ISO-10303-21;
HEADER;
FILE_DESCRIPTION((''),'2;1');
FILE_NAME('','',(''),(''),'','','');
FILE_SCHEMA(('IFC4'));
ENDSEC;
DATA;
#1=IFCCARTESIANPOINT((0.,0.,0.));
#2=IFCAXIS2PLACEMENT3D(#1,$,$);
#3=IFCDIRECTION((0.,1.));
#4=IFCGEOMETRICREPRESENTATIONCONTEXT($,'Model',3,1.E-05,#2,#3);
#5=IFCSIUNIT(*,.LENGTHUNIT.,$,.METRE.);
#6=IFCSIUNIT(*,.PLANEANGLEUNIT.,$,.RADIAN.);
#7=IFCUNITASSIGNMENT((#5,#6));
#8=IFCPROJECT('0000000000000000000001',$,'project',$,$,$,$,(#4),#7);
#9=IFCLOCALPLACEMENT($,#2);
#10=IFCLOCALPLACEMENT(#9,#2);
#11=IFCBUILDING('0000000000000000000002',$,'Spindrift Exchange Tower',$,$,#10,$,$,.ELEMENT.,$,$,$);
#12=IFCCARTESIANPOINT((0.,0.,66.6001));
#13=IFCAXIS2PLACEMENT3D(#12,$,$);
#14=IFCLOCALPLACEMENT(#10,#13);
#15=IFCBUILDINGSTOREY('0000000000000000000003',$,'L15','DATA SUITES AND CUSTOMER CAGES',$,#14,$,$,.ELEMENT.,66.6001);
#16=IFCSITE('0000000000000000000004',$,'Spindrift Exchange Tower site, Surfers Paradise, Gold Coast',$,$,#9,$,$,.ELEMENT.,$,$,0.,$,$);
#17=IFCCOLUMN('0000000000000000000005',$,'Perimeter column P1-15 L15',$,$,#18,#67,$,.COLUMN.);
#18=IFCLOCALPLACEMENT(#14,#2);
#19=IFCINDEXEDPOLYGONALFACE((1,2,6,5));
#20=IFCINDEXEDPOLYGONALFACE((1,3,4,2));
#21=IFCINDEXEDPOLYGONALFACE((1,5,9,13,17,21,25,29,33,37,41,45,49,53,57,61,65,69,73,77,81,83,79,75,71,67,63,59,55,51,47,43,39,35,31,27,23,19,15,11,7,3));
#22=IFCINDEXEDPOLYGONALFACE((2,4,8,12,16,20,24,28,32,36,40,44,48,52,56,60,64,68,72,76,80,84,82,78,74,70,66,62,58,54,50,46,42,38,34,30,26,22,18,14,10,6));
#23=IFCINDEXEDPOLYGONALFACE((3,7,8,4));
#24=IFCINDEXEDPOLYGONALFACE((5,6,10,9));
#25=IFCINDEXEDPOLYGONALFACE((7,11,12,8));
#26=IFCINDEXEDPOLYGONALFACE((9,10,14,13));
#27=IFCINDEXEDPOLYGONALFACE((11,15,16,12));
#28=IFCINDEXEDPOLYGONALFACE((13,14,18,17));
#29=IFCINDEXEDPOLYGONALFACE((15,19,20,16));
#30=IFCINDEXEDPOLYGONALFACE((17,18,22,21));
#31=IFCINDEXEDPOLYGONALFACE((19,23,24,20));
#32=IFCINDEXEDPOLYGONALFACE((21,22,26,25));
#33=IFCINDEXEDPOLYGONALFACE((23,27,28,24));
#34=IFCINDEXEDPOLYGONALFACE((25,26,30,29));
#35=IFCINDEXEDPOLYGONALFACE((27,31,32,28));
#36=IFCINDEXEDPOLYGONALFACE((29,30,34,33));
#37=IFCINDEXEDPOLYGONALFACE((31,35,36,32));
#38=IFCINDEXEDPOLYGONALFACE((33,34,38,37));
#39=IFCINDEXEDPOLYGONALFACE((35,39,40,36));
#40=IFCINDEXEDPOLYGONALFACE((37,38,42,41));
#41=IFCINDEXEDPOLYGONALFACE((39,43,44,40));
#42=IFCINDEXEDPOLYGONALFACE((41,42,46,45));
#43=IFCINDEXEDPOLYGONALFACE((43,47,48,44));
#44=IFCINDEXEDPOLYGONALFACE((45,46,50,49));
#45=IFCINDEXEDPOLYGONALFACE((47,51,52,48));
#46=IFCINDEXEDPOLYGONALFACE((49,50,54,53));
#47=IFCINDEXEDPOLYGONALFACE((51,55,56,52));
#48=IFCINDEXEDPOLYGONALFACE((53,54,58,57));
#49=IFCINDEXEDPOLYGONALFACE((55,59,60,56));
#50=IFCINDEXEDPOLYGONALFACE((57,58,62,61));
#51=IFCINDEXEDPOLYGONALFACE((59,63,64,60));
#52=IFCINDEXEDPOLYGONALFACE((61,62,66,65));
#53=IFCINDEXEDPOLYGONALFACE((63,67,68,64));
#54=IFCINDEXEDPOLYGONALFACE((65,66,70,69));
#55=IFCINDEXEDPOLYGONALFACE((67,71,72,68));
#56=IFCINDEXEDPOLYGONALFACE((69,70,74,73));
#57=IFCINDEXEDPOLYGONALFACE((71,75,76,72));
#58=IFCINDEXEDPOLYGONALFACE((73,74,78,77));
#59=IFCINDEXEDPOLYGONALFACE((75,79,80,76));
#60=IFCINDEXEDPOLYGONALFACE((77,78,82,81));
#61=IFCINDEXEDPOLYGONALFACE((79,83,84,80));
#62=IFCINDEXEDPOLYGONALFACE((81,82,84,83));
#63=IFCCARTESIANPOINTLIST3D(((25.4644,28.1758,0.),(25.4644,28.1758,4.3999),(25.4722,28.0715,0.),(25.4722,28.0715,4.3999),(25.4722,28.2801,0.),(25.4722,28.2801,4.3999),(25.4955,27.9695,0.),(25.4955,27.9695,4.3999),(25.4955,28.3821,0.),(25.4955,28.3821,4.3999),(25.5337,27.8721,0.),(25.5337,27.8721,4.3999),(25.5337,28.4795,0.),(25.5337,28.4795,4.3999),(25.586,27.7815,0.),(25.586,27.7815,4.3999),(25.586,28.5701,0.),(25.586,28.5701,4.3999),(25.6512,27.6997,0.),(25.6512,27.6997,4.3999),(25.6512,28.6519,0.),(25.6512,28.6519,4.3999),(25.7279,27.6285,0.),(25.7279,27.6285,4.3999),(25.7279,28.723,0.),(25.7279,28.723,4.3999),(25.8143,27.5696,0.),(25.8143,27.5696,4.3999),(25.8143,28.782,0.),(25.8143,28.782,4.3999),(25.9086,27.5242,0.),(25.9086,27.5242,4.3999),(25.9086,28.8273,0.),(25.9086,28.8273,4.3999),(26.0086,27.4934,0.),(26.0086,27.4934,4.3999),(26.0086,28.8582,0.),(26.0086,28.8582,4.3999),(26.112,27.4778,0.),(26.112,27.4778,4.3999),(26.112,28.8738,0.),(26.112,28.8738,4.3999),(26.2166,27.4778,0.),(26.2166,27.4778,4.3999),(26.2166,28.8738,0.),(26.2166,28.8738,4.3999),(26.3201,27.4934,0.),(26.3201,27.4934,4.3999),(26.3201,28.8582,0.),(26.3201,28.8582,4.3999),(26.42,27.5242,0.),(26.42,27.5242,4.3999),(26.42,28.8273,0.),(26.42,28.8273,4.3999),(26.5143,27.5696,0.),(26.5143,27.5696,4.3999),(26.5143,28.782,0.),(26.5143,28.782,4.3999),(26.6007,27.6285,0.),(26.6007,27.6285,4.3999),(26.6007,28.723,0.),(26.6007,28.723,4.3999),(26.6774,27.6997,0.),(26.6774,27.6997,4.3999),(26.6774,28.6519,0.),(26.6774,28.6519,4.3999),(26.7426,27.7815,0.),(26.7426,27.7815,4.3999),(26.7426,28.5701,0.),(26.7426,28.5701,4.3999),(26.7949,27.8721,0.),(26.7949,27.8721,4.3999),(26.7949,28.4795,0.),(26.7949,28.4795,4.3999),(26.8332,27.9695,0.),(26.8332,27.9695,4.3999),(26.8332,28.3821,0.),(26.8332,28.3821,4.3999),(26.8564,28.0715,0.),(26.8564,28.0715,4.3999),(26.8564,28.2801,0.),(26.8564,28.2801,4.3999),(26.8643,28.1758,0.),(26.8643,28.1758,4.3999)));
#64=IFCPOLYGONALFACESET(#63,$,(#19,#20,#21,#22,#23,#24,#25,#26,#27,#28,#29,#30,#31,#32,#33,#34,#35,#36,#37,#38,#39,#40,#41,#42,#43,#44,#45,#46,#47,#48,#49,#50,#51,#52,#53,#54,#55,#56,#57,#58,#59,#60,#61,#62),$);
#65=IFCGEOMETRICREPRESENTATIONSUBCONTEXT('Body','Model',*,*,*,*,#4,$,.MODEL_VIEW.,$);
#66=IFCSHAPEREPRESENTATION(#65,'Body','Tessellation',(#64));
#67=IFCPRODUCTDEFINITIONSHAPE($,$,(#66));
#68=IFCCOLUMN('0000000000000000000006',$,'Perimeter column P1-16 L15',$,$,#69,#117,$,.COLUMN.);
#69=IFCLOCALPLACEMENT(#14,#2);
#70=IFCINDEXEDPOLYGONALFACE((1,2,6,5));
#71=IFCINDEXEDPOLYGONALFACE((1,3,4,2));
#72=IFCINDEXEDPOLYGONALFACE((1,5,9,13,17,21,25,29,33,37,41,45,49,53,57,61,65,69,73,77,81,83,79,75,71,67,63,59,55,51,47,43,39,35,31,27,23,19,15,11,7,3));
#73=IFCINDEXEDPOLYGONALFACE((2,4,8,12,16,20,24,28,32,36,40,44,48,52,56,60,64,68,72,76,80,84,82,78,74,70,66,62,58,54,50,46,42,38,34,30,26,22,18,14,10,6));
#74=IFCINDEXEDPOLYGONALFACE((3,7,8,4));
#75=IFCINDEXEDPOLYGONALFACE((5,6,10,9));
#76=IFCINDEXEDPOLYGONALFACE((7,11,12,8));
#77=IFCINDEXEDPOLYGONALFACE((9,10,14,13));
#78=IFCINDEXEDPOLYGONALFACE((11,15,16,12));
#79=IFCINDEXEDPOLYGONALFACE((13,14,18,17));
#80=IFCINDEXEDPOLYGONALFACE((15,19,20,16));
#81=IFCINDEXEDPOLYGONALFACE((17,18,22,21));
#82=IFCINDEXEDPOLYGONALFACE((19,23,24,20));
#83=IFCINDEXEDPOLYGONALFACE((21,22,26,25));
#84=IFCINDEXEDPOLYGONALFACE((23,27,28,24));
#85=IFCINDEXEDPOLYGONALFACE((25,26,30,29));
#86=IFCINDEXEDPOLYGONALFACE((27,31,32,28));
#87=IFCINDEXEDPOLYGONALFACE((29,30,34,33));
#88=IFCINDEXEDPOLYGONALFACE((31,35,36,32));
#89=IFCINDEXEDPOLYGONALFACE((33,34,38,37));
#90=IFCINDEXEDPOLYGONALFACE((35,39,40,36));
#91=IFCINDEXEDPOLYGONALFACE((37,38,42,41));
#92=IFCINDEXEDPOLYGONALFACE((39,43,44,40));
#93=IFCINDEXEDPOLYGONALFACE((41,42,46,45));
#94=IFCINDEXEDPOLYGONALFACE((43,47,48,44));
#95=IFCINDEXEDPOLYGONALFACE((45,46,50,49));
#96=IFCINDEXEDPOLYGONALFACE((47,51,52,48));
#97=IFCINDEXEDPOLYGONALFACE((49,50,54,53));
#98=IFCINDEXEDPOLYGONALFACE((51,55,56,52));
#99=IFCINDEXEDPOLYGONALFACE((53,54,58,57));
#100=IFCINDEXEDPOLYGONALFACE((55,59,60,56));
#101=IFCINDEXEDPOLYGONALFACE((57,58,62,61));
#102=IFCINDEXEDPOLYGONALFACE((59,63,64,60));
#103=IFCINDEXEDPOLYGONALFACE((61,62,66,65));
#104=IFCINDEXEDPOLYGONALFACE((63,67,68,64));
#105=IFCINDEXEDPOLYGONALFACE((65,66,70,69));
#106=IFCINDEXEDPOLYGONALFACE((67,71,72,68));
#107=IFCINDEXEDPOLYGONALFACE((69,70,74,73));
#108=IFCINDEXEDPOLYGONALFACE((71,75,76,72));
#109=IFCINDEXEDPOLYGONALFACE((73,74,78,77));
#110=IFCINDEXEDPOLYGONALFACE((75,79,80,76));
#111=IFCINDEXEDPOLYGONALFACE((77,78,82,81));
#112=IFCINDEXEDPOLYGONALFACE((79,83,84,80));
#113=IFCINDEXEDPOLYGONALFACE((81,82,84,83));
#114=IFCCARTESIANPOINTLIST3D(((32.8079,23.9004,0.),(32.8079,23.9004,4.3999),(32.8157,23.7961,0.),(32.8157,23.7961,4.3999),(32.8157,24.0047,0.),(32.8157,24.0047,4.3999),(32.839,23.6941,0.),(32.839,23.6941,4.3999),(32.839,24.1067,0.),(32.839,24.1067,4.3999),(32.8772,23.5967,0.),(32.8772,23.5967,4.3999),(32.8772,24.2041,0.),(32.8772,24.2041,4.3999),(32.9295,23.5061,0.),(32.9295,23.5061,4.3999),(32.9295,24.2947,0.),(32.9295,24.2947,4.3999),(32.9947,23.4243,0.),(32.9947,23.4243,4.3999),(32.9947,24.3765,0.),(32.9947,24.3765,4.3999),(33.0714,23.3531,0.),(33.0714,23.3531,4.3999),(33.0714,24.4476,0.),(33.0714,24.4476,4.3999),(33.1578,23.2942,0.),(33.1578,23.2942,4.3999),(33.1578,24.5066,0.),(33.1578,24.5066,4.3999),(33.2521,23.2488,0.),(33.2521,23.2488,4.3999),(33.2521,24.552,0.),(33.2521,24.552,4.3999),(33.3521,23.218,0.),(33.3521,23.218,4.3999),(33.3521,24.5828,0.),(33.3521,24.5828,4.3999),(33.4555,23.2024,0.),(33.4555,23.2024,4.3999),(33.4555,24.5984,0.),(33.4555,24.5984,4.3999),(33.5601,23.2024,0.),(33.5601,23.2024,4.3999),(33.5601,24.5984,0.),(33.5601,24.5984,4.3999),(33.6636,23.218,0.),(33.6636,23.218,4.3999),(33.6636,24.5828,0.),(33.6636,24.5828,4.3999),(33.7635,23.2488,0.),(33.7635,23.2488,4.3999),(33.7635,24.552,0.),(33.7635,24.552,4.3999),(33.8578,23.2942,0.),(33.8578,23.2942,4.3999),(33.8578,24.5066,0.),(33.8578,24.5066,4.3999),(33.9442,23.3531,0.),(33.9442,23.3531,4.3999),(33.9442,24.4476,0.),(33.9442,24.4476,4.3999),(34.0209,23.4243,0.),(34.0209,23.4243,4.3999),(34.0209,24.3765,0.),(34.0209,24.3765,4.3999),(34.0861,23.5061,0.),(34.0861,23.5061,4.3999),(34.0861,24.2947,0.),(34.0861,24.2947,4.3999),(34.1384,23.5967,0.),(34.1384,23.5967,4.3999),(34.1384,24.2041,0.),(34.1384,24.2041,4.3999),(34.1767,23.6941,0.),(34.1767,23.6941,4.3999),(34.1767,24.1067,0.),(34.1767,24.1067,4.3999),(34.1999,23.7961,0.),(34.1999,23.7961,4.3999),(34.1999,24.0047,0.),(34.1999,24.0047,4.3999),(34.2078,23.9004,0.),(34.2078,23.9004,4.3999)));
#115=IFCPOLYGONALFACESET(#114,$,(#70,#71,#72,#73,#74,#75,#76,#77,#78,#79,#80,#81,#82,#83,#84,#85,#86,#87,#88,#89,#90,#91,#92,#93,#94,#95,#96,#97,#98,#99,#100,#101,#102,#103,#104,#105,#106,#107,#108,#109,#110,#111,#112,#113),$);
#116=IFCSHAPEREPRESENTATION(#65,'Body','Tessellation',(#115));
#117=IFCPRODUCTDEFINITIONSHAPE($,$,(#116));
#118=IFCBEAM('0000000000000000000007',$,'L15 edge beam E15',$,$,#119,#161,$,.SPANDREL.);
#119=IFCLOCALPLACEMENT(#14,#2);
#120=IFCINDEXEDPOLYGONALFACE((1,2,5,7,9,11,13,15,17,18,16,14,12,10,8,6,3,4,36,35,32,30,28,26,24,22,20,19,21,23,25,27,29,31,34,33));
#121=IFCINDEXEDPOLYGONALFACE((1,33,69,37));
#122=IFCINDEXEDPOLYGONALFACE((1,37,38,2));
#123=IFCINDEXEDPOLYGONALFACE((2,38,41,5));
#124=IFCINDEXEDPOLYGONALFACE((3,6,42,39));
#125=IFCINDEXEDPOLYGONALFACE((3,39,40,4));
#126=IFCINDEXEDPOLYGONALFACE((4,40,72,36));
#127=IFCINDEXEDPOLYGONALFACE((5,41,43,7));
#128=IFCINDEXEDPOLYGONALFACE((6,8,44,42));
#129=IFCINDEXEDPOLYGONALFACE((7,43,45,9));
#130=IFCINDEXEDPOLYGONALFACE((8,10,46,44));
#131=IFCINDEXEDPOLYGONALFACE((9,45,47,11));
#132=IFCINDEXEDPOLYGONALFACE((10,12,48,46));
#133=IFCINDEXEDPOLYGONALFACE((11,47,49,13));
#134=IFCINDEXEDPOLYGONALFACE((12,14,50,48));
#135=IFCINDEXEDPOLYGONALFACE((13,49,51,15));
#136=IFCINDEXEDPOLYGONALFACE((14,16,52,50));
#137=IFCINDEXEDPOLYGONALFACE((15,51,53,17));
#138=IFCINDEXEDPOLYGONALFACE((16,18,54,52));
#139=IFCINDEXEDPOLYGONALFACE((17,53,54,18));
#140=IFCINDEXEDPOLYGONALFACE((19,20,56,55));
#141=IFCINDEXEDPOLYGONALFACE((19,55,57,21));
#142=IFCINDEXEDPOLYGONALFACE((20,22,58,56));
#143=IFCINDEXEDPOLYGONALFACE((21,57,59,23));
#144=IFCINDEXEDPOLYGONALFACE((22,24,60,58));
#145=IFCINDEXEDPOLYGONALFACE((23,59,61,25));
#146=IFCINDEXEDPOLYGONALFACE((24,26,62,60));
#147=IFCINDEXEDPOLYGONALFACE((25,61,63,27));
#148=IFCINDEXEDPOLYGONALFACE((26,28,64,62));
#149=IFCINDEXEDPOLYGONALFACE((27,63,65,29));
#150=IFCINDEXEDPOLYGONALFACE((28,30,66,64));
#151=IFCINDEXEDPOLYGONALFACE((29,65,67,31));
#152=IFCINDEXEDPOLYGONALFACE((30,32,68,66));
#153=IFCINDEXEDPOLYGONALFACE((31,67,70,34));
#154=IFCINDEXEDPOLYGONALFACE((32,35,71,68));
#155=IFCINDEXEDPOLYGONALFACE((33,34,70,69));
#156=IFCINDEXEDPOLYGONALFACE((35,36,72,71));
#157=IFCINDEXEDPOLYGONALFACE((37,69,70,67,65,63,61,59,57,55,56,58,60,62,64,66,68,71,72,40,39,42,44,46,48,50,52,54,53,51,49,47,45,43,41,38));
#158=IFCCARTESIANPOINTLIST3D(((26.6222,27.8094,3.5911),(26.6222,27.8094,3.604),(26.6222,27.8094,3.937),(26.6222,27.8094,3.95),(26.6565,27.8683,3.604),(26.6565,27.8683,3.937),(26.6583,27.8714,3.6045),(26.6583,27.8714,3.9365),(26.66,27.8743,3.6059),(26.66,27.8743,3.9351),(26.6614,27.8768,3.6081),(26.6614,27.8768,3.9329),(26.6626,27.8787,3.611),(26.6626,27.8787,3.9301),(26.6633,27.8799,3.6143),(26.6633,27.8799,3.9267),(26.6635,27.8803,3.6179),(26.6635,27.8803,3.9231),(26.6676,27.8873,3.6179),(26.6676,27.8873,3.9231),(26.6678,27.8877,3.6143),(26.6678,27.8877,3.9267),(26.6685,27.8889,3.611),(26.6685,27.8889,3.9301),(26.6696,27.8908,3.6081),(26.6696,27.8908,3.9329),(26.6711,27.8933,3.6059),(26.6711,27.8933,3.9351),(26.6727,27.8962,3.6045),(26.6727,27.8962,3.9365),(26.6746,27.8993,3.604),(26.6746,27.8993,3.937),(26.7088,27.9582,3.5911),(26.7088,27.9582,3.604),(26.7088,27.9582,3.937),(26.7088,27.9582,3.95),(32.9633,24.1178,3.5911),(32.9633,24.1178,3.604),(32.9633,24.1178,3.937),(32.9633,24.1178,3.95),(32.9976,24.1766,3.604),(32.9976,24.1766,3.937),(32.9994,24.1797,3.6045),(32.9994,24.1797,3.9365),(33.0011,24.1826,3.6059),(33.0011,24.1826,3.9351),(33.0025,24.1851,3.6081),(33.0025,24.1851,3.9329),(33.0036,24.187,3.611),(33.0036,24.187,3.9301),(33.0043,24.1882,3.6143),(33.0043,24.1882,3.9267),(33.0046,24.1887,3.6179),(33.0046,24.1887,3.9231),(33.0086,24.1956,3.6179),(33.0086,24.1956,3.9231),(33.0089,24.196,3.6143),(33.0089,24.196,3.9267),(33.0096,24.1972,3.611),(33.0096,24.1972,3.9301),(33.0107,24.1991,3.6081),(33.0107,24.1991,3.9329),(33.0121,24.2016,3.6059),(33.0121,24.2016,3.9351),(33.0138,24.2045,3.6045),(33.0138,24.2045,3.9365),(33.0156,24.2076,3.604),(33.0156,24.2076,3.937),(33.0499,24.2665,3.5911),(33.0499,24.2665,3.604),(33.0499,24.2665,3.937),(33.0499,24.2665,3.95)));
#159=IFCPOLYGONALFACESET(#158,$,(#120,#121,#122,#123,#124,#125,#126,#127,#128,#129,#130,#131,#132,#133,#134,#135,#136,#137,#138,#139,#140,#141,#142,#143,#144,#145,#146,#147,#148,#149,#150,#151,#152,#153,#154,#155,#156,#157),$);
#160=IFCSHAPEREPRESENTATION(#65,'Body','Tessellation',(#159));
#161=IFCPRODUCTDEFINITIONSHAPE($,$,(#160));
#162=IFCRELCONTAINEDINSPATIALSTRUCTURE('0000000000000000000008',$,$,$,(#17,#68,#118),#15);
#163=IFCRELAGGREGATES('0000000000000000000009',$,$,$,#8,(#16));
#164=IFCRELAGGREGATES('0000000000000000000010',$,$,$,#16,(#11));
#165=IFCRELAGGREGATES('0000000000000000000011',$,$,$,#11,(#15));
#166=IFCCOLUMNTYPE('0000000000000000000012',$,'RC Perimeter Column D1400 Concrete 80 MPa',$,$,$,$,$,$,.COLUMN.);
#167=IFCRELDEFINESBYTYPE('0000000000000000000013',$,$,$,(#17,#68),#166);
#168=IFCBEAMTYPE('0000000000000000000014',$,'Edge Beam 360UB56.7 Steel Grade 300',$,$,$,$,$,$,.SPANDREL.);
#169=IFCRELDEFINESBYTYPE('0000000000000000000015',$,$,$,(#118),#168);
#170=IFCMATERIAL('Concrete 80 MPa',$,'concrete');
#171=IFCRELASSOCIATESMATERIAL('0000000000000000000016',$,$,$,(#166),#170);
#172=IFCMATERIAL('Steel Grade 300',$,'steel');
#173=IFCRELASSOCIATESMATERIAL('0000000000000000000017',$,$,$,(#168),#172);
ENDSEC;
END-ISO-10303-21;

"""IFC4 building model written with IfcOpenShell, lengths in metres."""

from ifc_helpers import new_model, si_unit, direction, frame, origin, origin_2d, place, context, subcontext, project, spatial, circle, i_section, extrude, source, transform, mapped, material, material_profile, profile_set, type_object, element, save


model = new_model("IFC4")

# Units and contexts
model_context = context("Model", 3, precision=1e-05, world=origin(), true_north=direction((0.0, 1.0)))
body_context = subcontext(model_context, "Body", "Model", "MODEL_VIEW")
ifc_project = project(units=[si_unit("LENGTHUNIT", "METRE"), si_unit("PLANEANGLEUNIT", "RADIAN")], contexts=[model_context])

# Site, building, storey
site_placement = place(None, origin())
site = spatial("IfcSite", under=ifc_project, at=site_placement, Name="Spindrift Exchange Tower site, Surfers Paradise, Gold Coast", CompositionType="ELEMENT", RefElevation=0.0)
building_placement = place(site_placement, origin())
building = spatial("IfcBuilding", under=site, at=building_placement, Name="Spindrift Exchange Tower", CompositionType="ELEMENT")
storey_placement = place(building_placement, frame((0.0, 0.0, 66.6001)))
storey = spatial("IfcBuildingStorey", under=building, at=storey_placement, Name="L15", Description="DATA SUITES AND CUSTOMER CAGES", CompositionType="ELEMENT", Elevation=66.6001)

# Columns
ifc_material_1 = material(Name="Concrete 80 MPa", Category="concrete")
ifc_material_profile_1 = material_profile(ifc_material_1, circle(Radius=0.7, at=origin_2d()), Name="RC D1400")
ifc_profile_set_1 = profile_set([ifc_material_profile_1], Name="Concrete 80 MPa")
column_type = type_object("IfcColumnType", Name="RC Perimeter Column D1400 Concrete 80 MPa", PredefinedType="COLUMN", material=ifc_profile_set_1)
shared_shape_1 = source(origin(), body_context, "Body", "SweptSolid", [
    extrude(circle(Radius=0.7, at=origin_2d()), origin(), (0.0, 0.0, 1.0), 4.3999),
])
for number, where, z_axis, x_axis, name in (
    (1, (26.1643, 28.1758, 0.0), (0.0, 0.0, 1.0), (1.0, 0.0, 0.0), "Perimeter column P1-15 L15"),
    (2, (33.5078, 23.9004, 0.0), (0.0, 0.0, 1.0), (1.0, 0.0, 0.0), "Perimeter column P1-16 L15"),
):
    element("IfcColumn", number, at=place(storey_placement, frame(where, z_axis=z_axis, x_axis=x_axis)), inside=storey, type_object=column_type, Name=name, PredefinedType="COLUMN", context=body_context, shape_type="MappedRepresentation", body=[
        mapped(shared_shape_1, transform((0.0, 0.0, 0.0), scale=1.0)),
    ])

# Beam
ifc_material_2 = material(Name="Steel Grade 300", Category="steel")
ifc_material_profile_2 = material_profile(ifc_material_2, i_section(OverallWidth=0.1721, OverallDepth=0.3589, WebThickness=0.0081, FlangeThickness=0.0129, FilletRadius=0.0139, at=origin_2d()), Name="360UB56.7")
ifc_profile_set_2 = profile_set([ifc_material_profile_2], Name="Steel Grade 300")
beam_type_1 = type_object("IfcBeamType", Name="Edge Beam 360UB56.7 Steel Grade 300", PredefinedType="SPANDREL", material=ifc_profile_set_2)
shared_shape_2 = source(origin(), body_context, "Body", "SweptSolid", [
    extrude(i_section(OverallWidth=0.1721, OverallDepth=0.3589, WebThickness=0.0081, FlangeThickness=0.0129, FilletRadius=0.0139, at=origin_2d()), origin(), (0.0, 0.0, 1.0), 7.3374),
])
beam_1_placement = place(storey_placement, frame((26.6655, 27.8838, 3.7705), z_axis=(0.864212, -0.503128, 0.0), x_axis=(0.503128, 0.864212, 0.0)))
element("IfcBeam", 3, at=beam_1_placement, inside=storey, type_object=beam_type_1, Name="L15 edge beam E15", PredefinedType="SPANDREL", context=body_context, shape_type="MappedRepresentation", body=[
    mapped(shared_shape_2, transform((0.0, 0.0, 0.0), scale=1.0)),
])

save(model, "model.ifc")
